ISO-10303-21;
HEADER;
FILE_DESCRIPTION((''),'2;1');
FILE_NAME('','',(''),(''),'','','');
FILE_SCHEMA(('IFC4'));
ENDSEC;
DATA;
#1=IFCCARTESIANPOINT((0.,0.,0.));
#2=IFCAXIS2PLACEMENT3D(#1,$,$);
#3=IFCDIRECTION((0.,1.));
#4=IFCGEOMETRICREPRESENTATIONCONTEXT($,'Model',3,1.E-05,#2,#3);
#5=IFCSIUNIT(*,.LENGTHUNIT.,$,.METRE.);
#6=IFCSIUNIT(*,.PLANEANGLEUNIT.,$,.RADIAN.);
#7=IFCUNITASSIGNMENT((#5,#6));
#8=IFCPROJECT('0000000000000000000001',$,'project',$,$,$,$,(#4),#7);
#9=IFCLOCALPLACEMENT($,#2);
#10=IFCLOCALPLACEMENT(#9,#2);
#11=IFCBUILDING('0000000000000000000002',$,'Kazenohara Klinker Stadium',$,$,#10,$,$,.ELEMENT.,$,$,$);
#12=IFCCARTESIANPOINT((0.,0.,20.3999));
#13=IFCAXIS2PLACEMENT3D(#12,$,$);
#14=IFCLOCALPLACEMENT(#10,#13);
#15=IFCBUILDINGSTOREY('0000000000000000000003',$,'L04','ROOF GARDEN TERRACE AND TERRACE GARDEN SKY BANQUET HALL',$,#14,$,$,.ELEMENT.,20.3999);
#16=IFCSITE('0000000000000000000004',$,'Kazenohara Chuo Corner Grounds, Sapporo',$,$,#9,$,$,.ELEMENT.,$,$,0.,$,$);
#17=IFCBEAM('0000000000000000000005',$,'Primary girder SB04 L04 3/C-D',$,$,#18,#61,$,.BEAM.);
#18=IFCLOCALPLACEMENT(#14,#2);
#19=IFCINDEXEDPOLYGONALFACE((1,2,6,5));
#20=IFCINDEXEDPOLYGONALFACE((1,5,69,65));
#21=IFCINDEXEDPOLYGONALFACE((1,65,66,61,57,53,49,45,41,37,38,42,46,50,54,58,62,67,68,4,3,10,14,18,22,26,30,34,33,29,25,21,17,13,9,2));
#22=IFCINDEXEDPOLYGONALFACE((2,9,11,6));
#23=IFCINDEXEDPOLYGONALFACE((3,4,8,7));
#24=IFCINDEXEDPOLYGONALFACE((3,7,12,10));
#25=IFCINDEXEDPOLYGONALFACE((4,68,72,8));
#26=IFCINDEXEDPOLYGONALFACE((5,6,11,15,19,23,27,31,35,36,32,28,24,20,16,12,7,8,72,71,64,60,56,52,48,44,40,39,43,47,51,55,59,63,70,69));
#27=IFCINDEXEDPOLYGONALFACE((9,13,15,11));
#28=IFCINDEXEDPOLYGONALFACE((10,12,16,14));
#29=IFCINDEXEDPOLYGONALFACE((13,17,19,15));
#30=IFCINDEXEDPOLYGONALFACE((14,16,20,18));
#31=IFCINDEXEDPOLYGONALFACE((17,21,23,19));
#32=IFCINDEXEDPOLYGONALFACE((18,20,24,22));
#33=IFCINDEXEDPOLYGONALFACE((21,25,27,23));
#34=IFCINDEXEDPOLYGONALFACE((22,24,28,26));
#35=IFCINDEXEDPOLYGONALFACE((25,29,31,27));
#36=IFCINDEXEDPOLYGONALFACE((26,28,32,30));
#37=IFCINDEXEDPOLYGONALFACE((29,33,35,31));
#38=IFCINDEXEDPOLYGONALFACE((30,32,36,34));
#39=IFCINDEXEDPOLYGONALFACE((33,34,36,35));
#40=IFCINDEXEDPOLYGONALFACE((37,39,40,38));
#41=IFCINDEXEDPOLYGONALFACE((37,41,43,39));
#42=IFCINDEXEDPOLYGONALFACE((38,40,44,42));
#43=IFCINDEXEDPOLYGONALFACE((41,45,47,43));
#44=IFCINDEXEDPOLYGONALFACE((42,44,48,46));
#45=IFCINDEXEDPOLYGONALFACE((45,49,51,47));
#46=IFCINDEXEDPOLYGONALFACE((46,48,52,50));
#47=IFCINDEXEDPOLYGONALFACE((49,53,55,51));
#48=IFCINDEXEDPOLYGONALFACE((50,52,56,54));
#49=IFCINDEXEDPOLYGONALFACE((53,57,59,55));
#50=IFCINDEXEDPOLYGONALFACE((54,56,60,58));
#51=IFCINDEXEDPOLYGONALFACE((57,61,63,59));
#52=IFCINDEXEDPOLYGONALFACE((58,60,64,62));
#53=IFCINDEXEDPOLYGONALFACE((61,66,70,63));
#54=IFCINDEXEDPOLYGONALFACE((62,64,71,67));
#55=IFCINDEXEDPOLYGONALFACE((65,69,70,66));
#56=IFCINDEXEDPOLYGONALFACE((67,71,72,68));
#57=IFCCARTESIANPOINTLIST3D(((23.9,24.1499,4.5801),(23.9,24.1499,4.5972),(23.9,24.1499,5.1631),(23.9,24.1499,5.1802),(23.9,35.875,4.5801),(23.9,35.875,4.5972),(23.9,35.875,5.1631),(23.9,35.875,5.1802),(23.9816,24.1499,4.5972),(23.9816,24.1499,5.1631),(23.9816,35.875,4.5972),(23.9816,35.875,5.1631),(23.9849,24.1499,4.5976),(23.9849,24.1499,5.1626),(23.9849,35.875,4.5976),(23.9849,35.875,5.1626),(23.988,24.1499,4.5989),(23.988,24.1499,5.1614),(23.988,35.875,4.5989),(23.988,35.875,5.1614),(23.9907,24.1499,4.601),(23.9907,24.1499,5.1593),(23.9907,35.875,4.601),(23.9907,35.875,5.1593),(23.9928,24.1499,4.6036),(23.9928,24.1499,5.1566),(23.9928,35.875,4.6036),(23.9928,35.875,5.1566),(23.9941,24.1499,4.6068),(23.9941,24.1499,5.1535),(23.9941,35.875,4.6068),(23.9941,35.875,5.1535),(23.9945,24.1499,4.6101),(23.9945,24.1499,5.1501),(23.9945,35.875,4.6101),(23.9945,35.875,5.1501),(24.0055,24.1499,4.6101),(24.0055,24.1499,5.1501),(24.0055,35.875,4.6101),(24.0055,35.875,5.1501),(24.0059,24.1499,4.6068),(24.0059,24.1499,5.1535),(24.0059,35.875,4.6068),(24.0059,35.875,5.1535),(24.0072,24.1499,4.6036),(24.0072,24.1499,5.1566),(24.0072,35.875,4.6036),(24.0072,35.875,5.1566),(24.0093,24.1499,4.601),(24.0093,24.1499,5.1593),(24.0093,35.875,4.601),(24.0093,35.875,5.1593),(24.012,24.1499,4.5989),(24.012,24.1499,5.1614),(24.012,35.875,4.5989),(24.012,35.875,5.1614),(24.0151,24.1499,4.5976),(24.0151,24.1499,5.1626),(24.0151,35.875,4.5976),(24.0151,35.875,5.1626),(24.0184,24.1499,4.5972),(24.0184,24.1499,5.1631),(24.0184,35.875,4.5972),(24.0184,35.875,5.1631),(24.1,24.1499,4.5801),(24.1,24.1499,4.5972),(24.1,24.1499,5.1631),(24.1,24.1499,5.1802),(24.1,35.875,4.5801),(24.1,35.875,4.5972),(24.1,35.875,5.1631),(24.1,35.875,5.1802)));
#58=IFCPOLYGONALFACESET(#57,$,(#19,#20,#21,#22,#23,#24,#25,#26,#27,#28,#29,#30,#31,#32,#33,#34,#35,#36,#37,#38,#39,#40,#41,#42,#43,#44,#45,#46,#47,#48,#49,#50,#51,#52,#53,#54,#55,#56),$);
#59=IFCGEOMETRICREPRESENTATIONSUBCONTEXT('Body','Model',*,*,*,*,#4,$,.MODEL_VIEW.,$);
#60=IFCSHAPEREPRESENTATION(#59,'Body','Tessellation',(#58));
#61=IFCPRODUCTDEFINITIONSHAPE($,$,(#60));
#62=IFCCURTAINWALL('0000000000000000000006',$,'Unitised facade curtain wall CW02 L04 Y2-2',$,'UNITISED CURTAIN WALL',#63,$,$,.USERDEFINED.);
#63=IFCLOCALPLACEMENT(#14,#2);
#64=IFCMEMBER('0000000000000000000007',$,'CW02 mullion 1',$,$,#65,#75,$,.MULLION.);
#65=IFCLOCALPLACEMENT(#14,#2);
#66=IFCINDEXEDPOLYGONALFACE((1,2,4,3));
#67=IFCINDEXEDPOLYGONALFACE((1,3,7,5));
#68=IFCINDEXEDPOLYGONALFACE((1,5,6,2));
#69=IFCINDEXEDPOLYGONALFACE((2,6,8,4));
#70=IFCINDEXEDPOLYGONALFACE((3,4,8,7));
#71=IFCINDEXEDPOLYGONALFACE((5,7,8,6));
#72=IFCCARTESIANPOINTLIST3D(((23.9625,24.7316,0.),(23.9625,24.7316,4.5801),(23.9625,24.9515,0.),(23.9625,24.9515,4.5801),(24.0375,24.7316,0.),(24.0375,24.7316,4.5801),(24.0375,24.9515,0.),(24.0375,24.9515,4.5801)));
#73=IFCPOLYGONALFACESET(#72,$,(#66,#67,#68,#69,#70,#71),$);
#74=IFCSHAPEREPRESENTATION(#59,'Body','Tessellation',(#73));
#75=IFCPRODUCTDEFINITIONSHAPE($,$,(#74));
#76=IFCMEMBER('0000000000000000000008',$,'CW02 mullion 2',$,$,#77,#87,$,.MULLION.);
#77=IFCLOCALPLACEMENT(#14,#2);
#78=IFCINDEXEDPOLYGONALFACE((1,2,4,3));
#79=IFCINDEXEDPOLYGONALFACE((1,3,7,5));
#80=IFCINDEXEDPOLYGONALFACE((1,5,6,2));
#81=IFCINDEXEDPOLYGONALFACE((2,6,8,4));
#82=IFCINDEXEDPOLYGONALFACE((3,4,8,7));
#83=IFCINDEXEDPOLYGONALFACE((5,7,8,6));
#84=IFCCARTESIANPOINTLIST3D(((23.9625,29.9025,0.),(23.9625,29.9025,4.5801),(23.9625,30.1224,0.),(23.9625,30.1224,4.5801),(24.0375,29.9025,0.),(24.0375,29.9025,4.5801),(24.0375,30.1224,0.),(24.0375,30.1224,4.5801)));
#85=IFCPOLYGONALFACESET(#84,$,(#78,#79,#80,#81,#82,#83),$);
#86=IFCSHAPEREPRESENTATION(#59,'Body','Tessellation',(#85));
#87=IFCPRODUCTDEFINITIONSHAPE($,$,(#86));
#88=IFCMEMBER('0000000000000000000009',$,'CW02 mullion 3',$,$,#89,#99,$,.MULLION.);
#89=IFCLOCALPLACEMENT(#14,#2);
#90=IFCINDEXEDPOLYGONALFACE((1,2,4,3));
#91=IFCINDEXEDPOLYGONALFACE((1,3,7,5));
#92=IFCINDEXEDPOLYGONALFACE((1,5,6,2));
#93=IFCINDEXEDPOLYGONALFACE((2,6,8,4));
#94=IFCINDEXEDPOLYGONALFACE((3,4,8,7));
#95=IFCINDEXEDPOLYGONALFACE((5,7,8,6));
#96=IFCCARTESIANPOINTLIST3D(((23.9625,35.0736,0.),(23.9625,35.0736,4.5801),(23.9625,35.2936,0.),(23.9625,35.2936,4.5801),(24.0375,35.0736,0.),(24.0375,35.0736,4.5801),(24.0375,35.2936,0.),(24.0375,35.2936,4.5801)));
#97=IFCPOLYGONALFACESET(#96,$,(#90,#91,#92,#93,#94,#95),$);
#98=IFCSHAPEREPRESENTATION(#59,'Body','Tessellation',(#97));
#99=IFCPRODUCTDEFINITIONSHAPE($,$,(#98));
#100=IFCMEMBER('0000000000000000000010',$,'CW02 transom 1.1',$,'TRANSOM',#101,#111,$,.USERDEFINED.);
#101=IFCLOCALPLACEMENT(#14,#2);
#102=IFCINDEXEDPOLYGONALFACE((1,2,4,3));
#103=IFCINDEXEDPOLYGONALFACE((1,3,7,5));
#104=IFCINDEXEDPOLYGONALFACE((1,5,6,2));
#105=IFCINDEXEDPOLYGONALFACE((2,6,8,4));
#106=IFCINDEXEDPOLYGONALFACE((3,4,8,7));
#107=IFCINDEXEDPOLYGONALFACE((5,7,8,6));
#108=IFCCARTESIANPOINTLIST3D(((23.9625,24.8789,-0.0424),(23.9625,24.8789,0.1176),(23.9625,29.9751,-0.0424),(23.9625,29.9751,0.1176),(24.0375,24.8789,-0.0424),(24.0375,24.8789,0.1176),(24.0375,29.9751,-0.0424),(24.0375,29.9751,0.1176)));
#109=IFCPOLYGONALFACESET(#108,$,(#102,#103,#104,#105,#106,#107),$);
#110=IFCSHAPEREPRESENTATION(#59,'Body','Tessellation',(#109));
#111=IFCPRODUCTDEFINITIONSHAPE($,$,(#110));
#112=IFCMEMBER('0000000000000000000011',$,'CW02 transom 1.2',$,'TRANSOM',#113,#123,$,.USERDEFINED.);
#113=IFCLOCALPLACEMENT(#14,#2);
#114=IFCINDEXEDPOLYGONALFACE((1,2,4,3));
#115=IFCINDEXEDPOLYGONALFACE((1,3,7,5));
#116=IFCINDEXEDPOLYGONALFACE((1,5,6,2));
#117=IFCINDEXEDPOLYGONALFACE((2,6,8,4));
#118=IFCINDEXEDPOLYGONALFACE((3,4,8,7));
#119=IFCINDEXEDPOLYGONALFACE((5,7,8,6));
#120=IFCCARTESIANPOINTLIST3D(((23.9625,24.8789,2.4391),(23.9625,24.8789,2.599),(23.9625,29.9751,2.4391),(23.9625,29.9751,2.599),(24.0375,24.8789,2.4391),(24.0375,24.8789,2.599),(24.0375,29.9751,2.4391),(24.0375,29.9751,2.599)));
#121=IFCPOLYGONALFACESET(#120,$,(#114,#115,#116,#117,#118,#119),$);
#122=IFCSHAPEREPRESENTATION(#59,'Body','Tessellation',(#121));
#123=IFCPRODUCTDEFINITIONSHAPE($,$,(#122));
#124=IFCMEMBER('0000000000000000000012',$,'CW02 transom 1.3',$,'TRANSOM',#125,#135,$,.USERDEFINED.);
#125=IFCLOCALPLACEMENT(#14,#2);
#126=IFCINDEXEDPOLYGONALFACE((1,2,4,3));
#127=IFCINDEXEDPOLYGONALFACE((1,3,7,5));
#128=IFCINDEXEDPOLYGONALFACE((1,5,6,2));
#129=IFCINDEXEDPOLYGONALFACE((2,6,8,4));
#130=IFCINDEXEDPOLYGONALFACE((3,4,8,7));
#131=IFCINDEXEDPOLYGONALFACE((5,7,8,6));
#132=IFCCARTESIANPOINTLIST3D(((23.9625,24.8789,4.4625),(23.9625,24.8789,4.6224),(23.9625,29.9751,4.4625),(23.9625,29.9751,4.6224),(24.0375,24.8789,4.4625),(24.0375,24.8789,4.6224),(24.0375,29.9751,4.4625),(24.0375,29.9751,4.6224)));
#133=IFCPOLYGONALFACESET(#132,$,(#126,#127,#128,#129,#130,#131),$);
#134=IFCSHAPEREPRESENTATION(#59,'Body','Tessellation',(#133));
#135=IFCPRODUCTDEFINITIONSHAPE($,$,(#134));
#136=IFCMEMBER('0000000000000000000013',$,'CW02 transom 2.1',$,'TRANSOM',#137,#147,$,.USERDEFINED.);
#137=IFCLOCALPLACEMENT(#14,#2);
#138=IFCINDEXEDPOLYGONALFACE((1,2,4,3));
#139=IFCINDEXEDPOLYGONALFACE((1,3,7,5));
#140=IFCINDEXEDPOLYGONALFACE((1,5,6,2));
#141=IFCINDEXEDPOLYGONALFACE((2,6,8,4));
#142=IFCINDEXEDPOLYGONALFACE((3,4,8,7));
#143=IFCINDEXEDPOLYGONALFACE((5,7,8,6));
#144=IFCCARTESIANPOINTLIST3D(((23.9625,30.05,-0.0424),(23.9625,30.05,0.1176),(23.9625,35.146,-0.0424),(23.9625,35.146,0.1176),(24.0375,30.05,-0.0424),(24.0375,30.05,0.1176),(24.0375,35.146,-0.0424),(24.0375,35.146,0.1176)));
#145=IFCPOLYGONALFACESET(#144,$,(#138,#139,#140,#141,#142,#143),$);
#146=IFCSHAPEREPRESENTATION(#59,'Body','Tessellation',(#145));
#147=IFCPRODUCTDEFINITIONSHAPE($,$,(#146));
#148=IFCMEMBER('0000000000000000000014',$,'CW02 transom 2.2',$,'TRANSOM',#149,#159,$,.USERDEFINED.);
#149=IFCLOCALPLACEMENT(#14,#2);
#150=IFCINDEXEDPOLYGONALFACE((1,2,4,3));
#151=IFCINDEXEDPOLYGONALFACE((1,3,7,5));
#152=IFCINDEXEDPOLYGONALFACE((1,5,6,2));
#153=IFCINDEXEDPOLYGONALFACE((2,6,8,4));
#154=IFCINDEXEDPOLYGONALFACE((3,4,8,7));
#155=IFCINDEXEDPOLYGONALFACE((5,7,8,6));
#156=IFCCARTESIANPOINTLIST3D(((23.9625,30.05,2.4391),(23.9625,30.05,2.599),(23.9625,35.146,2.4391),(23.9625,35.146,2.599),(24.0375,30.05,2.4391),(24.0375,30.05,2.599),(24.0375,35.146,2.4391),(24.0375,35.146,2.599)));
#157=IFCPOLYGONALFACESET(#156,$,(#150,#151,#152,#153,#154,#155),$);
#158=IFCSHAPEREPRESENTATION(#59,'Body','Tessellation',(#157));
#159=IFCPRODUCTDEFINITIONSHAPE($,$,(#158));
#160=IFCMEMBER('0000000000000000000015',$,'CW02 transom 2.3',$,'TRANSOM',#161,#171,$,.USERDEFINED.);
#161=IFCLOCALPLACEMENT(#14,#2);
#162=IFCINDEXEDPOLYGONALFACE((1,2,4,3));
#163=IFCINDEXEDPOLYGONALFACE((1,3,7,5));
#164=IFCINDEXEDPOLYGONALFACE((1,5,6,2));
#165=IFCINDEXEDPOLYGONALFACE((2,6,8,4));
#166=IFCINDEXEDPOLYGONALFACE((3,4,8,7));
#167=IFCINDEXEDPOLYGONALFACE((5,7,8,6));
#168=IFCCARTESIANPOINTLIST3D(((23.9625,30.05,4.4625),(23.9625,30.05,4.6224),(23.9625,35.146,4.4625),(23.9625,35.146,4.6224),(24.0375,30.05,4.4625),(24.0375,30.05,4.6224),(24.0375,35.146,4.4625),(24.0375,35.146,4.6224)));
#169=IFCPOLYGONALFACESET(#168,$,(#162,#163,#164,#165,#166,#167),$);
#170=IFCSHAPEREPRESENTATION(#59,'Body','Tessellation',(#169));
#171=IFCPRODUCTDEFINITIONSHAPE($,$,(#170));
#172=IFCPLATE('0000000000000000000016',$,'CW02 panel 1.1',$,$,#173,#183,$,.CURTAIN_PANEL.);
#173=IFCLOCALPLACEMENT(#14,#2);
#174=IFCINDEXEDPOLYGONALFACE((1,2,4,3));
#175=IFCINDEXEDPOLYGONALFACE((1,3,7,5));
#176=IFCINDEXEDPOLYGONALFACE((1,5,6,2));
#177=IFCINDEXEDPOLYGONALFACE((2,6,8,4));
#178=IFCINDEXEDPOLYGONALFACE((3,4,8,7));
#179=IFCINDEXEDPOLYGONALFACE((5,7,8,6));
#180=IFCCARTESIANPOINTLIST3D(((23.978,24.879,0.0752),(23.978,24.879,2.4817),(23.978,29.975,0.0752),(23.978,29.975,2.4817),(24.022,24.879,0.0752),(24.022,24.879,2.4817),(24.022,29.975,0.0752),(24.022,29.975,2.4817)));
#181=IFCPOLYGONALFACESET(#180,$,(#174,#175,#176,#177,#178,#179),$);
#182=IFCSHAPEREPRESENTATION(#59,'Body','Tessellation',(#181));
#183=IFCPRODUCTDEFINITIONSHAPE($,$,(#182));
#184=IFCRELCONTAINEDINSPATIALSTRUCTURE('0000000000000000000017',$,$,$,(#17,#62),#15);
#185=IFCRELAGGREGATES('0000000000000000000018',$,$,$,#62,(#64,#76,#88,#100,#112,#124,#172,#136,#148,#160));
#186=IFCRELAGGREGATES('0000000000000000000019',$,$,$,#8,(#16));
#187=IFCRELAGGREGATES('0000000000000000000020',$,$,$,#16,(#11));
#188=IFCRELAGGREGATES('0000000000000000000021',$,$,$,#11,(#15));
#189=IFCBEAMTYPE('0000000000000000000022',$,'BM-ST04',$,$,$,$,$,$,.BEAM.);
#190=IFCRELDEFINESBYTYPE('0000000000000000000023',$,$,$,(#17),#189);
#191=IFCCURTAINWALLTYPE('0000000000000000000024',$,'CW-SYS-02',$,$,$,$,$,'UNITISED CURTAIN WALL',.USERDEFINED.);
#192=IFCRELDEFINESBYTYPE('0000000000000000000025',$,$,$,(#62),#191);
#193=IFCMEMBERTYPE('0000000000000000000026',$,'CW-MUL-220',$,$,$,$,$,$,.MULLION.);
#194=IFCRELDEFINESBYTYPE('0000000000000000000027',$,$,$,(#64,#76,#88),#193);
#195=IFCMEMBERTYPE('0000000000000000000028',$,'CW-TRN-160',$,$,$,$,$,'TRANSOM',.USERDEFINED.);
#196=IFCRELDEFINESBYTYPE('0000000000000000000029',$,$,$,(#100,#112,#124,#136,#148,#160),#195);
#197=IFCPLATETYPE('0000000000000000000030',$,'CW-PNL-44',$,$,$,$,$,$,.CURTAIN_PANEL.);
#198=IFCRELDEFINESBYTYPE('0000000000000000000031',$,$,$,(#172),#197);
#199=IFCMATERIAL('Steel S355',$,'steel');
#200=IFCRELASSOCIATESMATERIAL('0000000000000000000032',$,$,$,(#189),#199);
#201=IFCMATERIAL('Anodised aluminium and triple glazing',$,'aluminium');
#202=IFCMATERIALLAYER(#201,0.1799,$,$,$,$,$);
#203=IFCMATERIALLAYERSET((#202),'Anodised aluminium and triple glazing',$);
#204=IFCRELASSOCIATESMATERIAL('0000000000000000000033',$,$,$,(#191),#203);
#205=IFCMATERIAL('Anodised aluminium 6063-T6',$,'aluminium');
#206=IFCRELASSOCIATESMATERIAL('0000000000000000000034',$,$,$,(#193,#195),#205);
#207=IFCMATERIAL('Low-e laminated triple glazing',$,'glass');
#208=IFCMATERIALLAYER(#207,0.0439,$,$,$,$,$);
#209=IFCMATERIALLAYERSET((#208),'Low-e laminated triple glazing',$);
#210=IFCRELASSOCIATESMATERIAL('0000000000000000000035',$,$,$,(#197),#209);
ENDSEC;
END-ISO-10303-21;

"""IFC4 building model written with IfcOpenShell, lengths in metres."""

from ifc_helpers import new_model, si_unit, direction, frame, origin, origin_2d, place, context, subcontext, project, spatial, rectangle, i_section, extrude, material, layer, layer_set, material_profile, profile_set, type_object, element, aggregate, save


model = new_model("IFC4")

# Units and contexts
model_context = context("Model", 3, precision=1e-05, world=origin(), true_north=direction((0.0, 1.0)))
body_context = subcontext(model_context, "Body", "Model", "MODEL_VIEW")
ifc_project = project(units=[si_unit("LENGTHUNIT", "METRE"), si_unit("PLANEANGLEUNIT", "RADIAN")], contexts=[model_context])

# Site, building, storey
site_placement = place(None, origin())
site = spatial("IfcSite", under=ifc_project, at=site_placement, Name="Kazenohara Chuo Corner Grounds, Sapporo", CompositionType="ELEMENT", RefElevation=0.0)
building_placement = place(site_placement, origin())
building = spatial("IfcBuilding", under=site, at=building_placement, Name="Kazenohara Klinker Stadium", CompositionType="ELEMENT")
storey_placement = place(building_placement, frame((0.0, 0.0, 20.3999)))
storey = spatial("IfcBuildingStorey", under=building, at=storey_placement, Name="L04", Description="ROOF GARDEN TERRACE AND TERRACE GARDEN SKY BANQUET HALL", CompositionType="ELEMENT", Elevation=20.3999)

# Shared definitions
ifc_material_1 = material(Name="Steel S355", Category="steel")

# Beam
ifc_material_profile_1 = material_profile(ifc_material_1, i_section(OverallWidth=0.2, OverallDepth=0.6001, WebThickness=0.011, FlangeThickness=0.0171, FilletRadius=0.0129, at=origin_2d()), Name="H-600x200x11x17")
ifc_profile_set_1 = profile_set([ifc_material_profile_1], Name="Steel S355")
beam_type_1 = type_object("IfcBeamType", Name="BM-ST04", PredefinedType="BEAM", material=ifc_profile_set_1)
beam_1_placement = place(storey_placement, frame((24.0, 24.1499, 4.8801), z_axis=(0.0, 1.0, 0.0), x_axis=(-1.0, 0.0, 0.0)))
element("IfcBeam", 1, at=beam_1_placement, inside=storey, type_object=beam_type_1, Name="Primary girder SB04 L04 3/C-D", PredefinedType="BEAM", context=body_context, shape_type="SweptSolid", body=[
    extrude(i_section(OverallWidth=0.2, OverallDepth=0.6001, WebThickness=0.011, FlangeThickness=0.0171, FilletRadius=0.0129, at=origin_2d()), origin(), (0.0, 0.0, 1.0), 11.7251),
])

# Curtain wall, members, plate
ifc_material_2 = material(Name="Anodised aluminium and triple glazing", Category="aluminium")
ifc_layer_1 = layer(ifc_material_2, 0.1799)
ifc_layer_set_1 = layer_set([ifc_layer_1], Name="Anodised aluminium and triple glazing")
curtain_wall_type = type_object("IfcCurtainWallType", Name="CW-SYS-02", ElementType="UNITISED CURTAIN WALL", PredefinedType="USERDEFINED", material=ifc_layer_set_1)
curtain_wall_placement = place(storey_placement, origin())
curtain_wall = element("IfcCurtainWall", 2, at=curtain_wall_placement, inside=storey, type_object=curtain_wall_type, Name="Unitised facade curtain wall CW02 L04 Y2-2", ObjectType="UNITISED CURTAIN WALL", PredefinedType="USERDEFINED")
ifc_material_3 = material(Name="Anodised aluminium 6063-T6", Category="aluminium")
ifc_material_profile_2 = material_profile(ifc_material_3, rectangle(XDim=0.075, YDim=0.22, at=origin_2d()), Name="ALU-MUL-75x220")
ifc_profile_set_2 = profile_set([ifc_material_profile_2], Name="Anodised aluminium 6063-T6")
member_type_1 = type_object("IfcMemberType", Name="CW-MUL-220", PredefinedType="MULLION", material=ifc_profile_set_2)
member_1_placement = place(storey_placement, frame((24.0, 24.8416, 0.0), z_axis=(0.0, 0.0, 1.0), x_axis=(-1.0, 0.0, 0.0)))
member_1 = element("IfcMember", 3, at=member_1_placement, type_object=member_type_1, Name="CW02 mullion 1", PredefinedType="MULLION", context=body_context, shape_type="SweptSolid", body=[
    extrude(rectangle(XDim=0.075, YDim=0.22, at=origin_2d()), origin(), (0.0, 0.0, 1.0), 4.5801),
])
member_2_placement = place(storey_placement, frame((24.0, 30.0125, 0.0), z_axis=(0.0, 0.0, 1.0), x_axis=(-1.0, 0.0, 0.0)))
member_2 = element("IfcMember", 4, at=member_2_placement, type_object=member_type_1, Name="CW02 mullion 2", PredefinedType="MULLION", context=body_context, shape_type="SweptSolid", body=[
    extrude(rectangle(XDim=0.075, YDim=0.22, at=origin_2d()), origin(), (0.0, 0.0, 1.0), 4.5801),
])
member_3_placement = place(storey_placement, frame((24.0, 35.1836, 0.0), z_axis=(0.0, 0.0, 1.0), x_axis=(-1.0, 0.0, 0.0)))
member_3 = element("IfcMember", 5, at=member_3_placement, type_object=member_type_1, Name="CW02 mullion 3", PredefinedType="MULLION", context=body_context, shape_type="SweptSolid", body=[
    extrude(rectangle(XDim=0.075, YDim=0.22, at=origin_2d()), origin(), (0.0, 0.0, 1.0), 4.5801),
])
ifc_material_profile_3 = material_profile(ifc_material_3, rectangle(XDim=0.075, YDim=0.1599, at=origin_2d()), Name="ALU-TRN-75x160")
ifc_profile_set_3 = profile_set([ifc_material_profile_3], Name="Anodised aluminium 6063-T6")
member_type_2 = type_object("IfcMemberType", Name="CW-TRN-160", ElementType="TRANSOM", PredefinedType="USERDEFINED", material=ifc_profile_set_3)
member_4_placement = place(storey_placement, frame((24.0, 24.8789, 0.0376), z_axis=(0.0, 1.0, 0.0), x_axis=(-1.0, 0.0, 0.0)))
member_4 = element("IfcMember", 6, at=member_4_placement, type_object=member_type_2, Name="CW02 transom 1.1", ObjectType="TRANSOM", PredefinedType="USERDEFINED", context=body_context, shape_type="SweptSolid", body=[
    extrude(rectangle(XDim=0.075, YDim=0.1599, at=origin_2d()), origin(), (0.0, 0.0, 1.0), 5.0962),
])
member_5_placement = place(storey_placement, frame((24.0, 24.8789, 2.519), z_axis=(0.0, 1.0, 0.0), x_axis=(-1.0, 0.0, 0.0)))
member_5 = element("IfcMember", 7, at=member_5_placement, type_object=member_type_2, Name="CW02 transom 1.2", ObjectType="TRANSOM", PredefinedType="USERDEFINED", context=body_context, shape_type="SweptSolid", body=[
    extrude(rectangle(XDim=0.075, YDim=0.1599, at=origin_2d()), origin(), (0.0, 0.0, 1.0), 5.0962),
])
member_6_placement = place(storey_placement, frame((24.0, 24.8789, 4.5425), z_axis=(0.0, 1.0, 0.0), x_axis=(-1.0, 0.0, 0.0)))
member_6 = element("IfcMember", 8, at=member_6_placement, type_object=member_type_2, Name="CW02 transom 1.3", ObjectType="TRANSOM", PredefinedType="USERDEFINED", context=body_context, shape_type="SweptSolid", body=[
    extrude(rectangle(XDim=0.075, YDim=0.1599, at=origin_2d()), origin(), (0.0, 0.0, 1.0), 5.0962),
])
member_7_placement = place(storey_placement, frame((24.0, 30.05, 0.0376), z_axis=(0.0, 1.0, 0.0), x_axis=(-1.0, 0.0, 0.0)))
member_7 = element("IfcMember", 9, at=member_7_placement, type_object=member_type_2, Name="CW02 transom 2.1", ObjectType="TRANSOM", PredefinedType="USERDEFINED", context=body_context, shape_type="SweptSolid", body=[
    extrude(rectangle(XDim=0.075, YDim=0.1599, at=origin_2d()), origin(), (0.0, 0.0, 1.0), 5.0959),
])
member_8_placement = place(storey_placement, frame((24.0, 30.05, 2.519), z_axis=(0.0, 1.0, 0.0), x_axis=(-1.0, 0.0, 0.0)))
member_8 = element("IfcMember", 10, at=member_8_placement, type_object=member_type_2, Name="CW02 transom 2.2", ObjectType="TRANSOM", PredefinedType="USERDEFINED", context=body_context, shape_type="SweptSolid", body=[
    extrude(rectangle(XDim=0.075, YDim=0.1599, at=origin_2d()), origin(), (0.0, 0.0, 1.0), 5.0959),
])
member_9_placement = place(storey_placement, frame((24.0, 30.05, 4.5425), z_axis=(0.0, 1.0, 0.0), x_axis=(-1.0, 0.0, 0.0)))
member_9 = element("IfcMember", 11, at=member_9_placement, type_object=member_type_2, Name="CW02 transom 2.3", ObjectType="TRANSOM", PredefinedType="USERDEFINED", context=body_context, shape_type="SweptSolid", body=[
    extrude(rectangle(XDim=0.075, YDim=0.1599, at=origin_2d()), origin(), (0.0, 0.0, 1.0), 5.0959),
])
ifc_material_4 = material(Name="Low-e laminated triple glazing", Category="glass")
ifc_layer_2 = layer(ifc_material_4, 0.0439)
ifc_layer_set_2 = layer_set([ifc_layer_2], Name="Low-e laminated triple glazing")
plate_type_1 = type_object("IfcPlateType", Name="CW-PNL-44", PredefinedType="CURTAIN_PANEL", material=ifc_layer_set_2)
plate_1_placement = place(storey_placement, frame((24.0, 27.427, 0.0752), z_axis=(0.0, 0.0, 1.0), x_axis=(0.0, 1.0, 0.0)))
plate_1 = element("IfcPlate", 12, at=plate_1_placement, type_object=plate_type_1, Name="CW02 panel 1.1", PredefinedType="CURTAIN_PANEL", context=body_context, shape_type="SweptSolid", body=[
    extrude(rectangle(XDim=5.0959, YDim=0.0439, at=origin_2d()), origin(), (0.0, 0.0, 1.0), 2.4065),
])
aggregate(curtain_wall, [member_1, member_2, member_3, member_4, member_5, member_6, plate_1, member_7, member_8, member_9])

save(model, "model.ifc")
